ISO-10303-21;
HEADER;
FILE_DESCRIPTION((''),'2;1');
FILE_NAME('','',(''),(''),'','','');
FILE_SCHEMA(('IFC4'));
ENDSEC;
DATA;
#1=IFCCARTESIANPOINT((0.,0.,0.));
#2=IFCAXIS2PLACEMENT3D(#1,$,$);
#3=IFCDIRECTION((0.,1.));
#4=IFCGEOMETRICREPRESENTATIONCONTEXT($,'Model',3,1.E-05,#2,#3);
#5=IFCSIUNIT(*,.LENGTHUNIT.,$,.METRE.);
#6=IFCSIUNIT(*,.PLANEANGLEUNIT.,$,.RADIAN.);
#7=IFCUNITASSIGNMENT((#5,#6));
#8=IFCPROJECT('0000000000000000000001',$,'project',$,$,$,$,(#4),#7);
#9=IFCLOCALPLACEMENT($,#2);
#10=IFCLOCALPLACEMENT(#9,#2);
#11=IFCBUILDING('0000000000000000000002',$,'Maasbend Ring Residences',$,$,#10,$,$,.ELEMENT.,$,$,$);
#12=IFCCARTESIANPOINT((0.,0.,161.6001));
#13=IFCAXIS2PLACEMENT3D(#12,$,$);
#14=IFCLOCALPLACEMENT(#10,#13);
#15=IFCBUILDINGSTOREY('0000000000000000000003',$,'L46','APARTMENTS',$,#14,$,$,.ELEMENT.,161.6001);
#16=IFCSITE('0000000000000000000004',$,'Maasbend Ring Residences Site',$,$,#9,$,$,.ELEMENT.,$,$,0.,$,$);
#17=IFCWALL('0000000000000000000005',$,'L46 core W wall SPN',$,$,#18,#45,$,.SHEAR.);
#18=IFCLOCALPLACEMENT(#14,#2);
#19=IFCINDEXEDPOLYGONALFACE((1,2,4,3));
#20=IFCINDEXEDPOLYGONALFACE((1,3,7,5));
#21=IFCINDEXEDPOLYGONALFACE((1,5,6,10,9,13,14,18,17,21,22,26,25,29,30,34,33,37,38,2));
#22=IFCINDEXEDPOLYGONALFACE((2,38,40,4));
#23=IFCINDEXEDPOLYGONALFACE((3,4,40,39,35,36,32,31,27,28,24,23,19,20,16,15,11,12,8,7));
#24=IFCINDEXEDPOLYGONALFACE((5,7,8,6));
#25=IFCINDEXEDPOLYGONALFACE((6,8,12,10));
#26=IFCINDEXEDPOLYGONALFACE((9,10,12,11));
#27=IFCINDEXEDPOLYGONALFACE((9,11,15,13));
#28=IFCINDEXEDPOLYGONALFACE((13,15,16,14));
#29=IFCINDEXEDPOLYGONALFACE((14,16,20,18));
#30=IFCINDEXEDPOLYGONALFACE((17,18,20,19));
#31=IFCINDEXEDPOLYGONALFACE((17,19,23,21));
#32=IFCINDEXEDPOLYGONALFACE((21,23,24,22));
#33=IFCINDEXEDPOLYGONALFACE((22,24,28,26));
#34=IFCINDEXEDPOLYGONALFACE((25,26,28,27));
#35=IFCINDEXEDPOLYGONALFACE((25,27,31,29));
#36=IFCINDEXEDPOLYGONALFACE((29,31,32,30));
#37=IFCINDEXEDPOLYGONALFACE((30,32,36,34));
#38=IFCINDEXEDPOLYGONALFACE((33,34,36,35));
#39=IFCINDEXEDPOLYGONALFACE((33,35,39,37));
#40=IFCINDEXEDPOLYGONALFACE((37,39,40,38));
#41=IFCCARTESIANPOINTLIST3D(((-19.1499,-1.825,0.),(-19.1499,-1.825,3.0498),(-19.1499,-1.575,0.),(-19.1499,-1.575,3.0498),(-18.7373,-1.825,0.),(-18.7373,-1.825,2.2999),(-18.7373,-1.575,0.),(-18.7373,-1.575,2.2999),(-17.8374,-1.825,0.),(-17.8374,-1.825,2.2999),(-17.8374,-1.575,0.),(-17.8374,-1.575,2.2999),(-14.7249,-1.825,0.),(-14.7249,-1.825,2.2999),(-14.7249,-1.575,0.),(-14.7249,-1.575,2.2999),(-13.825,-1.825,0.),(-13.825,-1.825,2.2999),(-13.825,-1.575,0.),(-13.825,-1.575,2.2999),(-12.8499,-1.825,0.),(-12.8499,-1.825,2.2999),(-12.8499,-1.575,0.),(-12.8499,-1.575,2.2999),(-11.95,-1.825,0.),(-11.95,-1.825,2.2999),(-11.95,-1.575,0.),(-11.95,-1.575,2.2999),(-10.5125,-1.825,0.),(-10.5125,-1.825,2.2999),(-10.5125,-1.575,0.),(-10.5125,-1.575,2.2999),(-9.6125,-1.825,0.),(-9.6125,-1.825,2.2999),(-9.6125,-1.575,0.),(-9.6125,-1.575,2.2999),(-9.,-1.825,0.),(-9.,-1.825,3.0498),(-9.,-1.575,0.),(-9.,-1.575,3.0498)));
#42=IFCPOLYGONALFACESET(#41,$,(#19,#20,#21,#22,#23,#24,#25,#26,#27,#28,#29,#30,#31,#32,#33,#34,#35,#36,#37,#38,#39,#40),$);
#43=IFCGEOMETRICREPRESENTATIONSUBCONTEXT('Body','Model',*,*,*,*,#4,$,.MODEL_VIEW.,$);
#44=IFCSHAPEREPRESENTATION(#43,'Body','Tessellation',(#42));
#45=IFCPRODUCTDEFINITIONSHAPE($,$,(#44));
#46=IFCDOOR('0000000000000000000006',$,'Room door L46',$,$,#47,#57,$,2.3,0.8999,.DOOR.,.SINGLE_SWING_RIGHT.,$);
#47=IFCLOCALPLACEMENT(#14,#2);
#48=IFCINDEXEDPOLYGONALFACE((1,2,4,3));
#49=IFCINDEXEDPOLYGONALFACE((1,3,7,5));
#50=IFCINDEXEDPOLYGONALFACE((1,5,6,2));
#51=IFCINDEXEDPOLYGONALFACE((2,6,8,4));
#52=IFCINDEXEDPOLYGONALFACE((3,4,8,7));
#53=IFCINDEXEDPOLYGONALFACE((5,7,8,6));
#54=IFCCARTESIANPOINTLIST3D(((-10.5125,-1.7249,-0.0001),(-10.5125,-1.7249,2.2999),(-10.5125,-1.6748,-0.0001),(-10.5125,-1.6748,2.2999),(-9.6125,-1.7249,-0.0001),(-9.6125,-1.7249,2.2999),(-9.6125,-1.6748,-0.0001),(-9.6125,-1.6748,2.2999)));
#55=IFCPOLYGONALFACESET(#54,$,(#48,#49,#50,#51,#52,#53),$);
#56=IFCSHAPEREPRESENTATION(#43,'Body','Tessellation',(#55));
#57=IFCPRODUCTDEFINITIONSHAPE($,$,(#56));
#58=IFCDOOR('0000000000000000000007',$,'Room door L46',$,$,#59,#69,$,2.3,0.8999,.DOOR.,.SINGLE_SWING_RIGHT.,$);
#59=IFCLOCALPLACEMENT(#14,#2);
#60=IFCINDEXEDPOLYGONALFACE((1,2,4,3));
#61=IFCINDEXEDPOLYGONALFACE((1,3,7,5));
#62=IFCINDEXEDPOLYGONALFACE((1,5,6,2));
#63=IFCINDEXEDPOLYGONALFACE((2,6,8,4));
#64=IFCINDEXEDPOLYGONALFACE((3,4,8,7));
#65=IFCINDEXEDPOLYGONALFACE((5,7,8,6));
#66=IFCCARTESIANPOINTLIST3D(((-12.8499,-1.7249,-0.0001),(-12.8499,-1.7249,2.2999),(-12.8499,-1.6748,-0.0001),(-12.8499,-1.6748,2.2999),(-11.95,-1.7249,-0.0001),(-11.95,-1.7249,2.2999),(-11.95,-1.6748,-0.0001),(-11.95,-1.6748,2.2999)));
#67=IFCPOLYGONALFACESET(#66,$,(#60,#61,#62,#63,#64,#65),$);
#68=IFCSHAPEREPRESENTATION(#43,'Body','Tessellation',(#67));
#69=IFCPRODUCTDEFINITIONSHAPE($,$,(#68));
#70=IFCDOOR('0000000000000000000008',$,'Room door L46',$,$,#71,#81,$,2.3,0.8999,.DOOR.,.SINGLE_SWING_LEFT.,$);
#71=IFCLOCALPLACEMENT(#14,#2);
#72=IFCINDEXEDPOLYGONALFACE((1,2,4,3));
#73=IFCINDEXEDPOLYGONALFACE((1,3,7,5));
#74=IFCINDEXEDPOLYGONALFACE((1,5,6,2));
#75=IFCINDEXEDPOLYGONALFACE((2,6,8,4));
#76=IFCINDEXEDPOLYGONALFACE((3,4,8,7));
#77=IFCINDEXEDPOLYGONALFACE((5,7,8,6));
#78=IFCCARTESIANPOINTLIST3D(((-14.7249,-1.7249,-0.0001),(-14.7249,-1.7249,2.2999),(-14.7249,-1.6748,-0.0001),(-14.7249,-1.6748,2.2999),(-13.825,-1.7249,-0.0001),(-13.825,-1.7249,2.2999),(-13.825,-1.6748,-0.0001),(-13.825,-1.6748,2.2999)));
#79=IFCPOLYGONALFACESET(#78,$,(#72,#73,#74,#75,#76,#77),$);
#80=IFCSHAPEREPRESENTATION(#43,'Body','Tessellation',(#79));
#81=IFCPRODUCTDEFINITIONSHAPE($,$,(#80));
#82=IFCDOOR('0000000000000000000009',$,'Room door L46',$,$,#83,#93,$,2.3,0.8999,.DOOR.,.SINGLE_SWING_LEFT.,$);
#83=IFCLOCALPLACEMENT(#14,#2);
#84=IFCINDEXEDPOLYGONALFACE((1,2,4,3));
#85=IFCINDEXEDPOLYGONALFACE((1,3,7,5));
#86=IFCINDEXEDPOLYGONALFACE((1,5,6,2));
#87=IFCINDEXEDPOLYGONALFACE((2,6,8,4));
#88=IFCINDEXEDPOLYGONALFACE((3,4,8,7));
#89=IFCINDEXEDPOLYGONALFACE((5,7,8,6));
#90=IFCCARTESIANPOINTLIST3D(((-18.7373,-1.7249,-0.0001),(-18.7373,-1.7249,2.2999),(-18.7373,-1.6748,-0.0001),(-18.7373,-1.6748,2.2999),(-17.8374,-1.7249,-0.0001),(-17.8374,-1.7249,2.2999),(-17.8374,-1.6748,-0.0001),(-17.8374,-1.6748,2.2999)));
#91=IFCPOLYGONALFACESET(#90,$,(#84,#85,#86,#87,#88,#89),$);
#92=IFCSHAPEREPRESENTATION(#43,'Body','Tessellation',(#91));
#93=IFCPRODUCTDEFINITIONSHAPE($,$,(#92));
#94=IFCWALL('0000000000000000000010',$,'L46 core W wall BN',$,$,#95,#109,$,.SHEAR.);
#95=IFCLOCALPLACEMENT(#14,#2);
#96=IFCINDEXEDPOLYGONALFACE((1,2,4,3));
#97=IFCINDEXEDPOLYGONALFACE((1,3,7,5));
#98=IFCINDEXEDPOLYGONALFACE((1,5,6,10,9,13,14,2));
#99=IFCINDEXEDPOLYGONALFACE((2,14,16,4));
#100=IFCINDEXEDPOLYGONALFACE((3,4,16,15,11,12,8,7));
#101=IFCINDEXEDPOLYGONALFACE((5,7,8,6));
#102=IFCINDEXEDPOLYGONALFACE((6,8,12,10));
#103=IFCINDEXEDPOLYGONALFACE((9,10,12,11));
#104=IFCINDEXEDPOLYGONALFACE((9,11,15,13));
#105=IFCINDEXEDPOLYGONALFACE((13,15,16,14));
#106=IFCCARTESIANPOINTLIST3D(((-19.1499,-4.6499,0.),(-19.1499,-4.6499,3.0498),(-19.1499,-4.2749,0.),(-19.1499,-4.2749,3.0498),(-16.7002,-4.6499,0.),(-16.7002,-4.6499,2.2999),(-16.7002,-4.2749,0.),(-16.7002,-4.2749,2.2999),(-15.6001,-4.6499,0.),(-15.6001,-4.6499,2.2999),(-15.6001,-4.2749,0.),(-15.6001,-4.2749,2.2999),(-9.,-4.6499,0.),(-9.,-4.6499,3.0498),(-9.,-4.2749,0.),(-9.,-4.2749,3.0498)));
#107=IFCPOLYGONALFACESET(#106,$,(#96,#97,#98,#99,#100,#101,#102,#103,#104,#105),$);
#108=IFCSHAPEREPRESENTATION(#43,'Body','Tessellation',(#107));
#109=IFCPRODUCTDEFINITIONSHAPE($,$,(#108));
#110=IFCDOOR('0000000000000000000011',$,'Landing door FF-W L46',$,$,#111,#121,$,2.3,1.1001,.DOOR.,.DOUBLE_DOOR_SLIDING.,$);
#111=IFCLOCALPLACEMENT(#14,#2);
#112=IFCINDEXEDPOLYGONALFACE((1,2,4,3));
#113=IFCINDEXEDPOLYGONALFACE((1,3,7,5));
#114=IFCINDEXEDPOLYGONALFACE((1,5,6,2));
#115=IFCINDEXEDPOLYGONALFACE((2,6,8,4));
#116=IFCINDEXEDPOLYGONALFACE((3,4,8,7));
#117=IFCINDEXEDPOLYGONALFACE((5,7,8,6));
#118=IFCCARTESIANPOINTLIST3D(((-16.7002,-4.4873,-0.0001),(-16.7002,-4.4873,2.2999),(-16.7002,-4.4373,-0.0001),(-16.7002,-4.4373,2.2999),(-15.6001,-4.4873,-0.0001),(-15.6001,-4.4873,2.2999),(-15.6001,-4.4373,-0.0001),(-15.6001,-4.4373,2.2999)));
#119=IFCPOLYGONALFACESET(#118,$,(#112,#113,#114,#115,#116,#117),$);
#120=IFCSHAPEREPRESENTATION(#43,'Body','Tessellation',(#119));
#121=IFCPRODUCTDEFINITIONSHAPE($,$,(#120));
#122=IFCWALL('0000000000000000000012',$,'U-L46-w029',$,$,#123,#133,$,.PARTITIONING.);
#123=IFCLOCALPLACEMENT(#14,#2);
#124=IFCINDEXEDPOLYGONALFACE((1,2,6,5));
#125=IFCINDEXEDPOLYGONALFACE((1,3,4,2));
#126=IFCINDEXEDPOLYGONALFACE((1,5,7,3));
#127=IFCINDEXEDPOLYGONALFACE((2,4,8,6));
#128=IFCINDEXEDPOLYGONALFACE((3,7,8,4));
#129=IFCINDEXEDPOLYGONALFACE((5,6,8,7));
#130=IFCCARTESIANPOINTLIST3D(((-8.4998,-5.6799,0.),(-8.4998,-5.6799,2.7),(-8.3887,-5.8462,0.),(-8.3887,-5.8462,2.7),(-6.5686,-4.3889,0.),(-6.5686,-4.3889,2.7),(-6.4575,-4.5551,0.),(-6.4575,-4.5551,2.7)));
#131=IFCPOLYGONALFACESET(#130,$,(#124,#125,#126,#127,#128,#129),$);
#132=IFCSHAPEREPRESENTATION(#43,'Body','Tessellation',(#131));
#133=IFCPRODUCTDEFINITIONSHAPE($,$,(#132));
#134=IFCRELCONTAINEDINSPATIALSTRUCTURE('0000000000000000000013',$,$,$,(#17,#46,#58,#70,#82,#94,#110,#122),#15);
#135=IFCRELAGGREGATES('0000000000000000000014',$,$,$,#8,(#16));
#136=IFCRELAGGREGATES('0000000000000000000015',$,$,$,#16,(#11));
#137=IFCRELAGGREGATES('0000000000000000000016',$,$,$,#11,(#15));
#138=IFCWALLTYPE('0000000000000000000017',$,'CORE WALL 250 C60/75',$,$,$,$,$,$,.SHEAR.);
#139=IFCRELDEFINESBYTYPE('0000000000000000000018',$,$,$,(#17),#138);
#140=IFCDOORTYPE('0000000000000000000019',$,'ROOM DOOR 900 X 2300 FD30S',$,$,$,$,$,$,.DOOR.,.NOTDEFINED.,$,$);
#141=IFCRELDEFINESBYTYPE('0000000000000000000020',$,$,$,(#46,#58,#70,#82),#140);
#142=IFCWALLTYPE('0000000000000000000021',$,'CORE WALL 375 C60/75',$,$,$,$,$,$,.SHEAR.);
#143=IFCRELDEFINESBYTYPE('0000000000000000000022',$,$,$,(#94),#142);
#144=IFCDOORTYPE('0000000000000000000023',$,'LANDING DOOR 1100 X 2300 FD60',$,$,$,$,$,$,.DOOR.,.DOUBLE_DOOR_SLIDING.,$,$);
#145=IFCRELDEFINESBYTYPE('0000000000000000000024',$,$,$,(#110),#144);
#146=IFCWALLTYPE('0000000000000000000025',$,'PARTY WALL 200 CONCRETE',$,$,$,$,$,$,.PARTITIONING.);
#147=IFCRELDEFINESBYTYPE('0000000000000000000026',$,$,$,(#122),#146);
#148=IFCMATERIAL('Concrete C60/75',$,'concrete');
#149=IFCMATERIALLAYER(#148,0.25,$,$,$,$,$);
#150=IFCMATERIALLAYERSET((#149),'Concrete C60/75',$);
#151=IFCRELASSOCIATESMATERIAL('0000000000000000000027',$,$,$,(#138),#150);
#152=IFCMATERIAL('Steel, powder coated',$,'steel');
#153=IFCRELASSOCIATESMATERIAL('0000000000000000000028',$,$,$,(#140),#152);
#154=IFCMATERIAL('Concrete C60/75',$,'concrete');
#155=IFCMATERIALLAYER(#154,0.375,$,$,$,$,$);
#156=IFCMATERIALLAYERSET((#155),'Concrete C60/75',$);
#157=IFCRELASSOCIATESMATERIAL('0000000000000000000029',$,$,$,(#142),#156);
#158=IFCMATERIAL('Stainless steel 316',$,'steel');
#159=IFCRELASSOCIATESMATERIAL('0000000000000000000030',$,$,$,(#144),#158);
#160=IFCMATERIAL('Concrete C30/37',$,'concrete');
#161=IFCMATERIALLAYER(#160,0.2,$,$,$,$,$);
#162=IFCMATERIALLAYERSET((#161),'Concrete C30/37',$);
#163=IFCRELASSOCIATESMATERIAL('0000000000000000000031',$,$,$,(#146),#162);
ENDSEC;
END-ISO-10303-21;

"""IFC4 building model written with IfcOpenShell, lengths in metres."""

from ifc_helpers import new_model, si_unit, direction, frame, frame_2d, origin, place, context, subcontext, project, spatial, rectangle, extrude, material, layer, layer_set, type_object, element, fill, save


model = new_model("IFC4")

# Units and contexts
model_context = context("Model", 3, precision=1e-05, world=origin(), true_north=direction((0.0, 1.0)))
body_context = subcontext(model_context, "Body", "Model", "MODEL_VIEW")
ifc_project = project(units=[si_unit("LENGTHUNIT", "METRE"), si_unit("PLANEANGLEUNIT", "RADIAN")], contexts=[model_context])

# Site, building, storey
site_placement = place(None, origin())
site = spatial("IfcSite", under=ifc_project, at=site_placement, Name="Maasbend Ring Residences Site", CompositionType="ELEMENT", RefElevation=0.0)
building_placement = place(site_placement, origin())
building = spatial("IfcBuilding", under=site, at=building_placement, Name="Maasbend Ring Residences", CompositionType="ELEMENT")
storey_placement = place(building_placement, frame((0.0, 0.0, 161.6001)))
storey = spatial("IfcBuildingStorey", under=building, at=storey_placement, Name="L46", Description="APARTMENTS", CompositionType="ELEMENT", Elevation=161.6001)

# Wall, openings, doors
ifc_material_1 = material(Name="Concrete C60/75", Category="concrete")
ifc_layer_1 = layer(ifc_material_1, 0.25)
ifc_layer_set_1 = layer_set([ifc_layer_1], Name="Concrete C60/75")
wall_type_1 = type_object("IfcWallType", Name="CORE WALL 250 C60/75", PredefinedType="SHEAR", material=ifc_layer_set_1)
wall_1_placement = place(storey_placement, frame((-9.0, -1.7, 0.0), z_axis=(0.0, 0.0, 1.0), x_axis=(-1.0, 0.0, 0.0)))
wall_1 = element("IfcWall", 1, at=wall_1_placement, inside=storey, type_object=wall_type_1, Name="L46 core W wall SPN", PredefinedType="SHEAR", context=body_context, shape_type="SweptSolid", body=[
    extrude(rectangle(XDim=10.1499, YDim=0.25, at=frame_2d((5.075, 0.0))), origin(), (0.0, 0.0, 1.0), 3.0498),
])
opening_1_placement = place(wall_1_placement, frame((0.6125, 0.0, 0.0)))
opening_1 = element("IfcOpeningElement", 2, at=opening_1_placement, cuts=wall_1, PredefinedType="OPENING", context=body_context, shape_type="SweptSolid", body=[
    extrude(rectangle(XDim=0.8999, YDim=2.3, at=frame_2d((0.45, 1.1499))), frame((0.0, 0.135, 0.0), z_axis=(0.0, -1.0, 0.0), x_axis=(1.0, 0.0, 0.0)), (0.0, 0.0, 1.0), 0.27),
])
opening_2_placement = place(wall_1_placement, frame((2.95, 0.0, 0.0)))
opening_2 = element("IfcOpeningElement", 3, at=opening_2_placement, cuts=wall_1, PredefinedType="OPENING", context=body_context, shape_type="SweptSolid", body=[
    extrude(rectangle(XDim=0.8999, YDim=2.3, at=frame_2d((0.45, 1.1499))), frame((0.0, 0.135, 0.0), z_axis=(0.0, -1.0, 0.0), x_axis=(1.0, 0.0, 0.0)), (0.0, 0.0, 1.0), 0.27),
])
opening_3_placement = place(wall_1_placement, frame((4.825, 0.0, 0.0)))
opening_3 = element("IfcOpeningElement", 4, at=opening_3_placement, cuts=wall_1, PredefinedType="OPENING", context=body_context, shape_type="SweptSolid", body=[
    extrude(rectangle(XDim=0.8999, YDim=2.3, at=frame_2d((0.45, 1.1499))), frame((0.0, 0.135, 0.0), z_axis=(0.0, -1.0, 0.0), x_axis=(1.0, 0.0, 0.0)), (0.0, 0.0, 1.0), 0.27),
])
opening_4_placement = place(wall_1_placement, frame((8.8374, 0.0, 0.0)))
opening_4 = element("IfcOpeningElement", 5, at=opening_4_placement, cuts=wall_1, PredefinedType="OPENING", context=body_context, shape_type="SweptSolid", body=[
    extrude(rectangle(XDim=0.8999, YDim=2.3, at=frame_2d((0.45, 1.1499))), frame((0.0, 0.135, 0.0), z_axis=(0.0, -1.0, 0.0), x_axis=(1.0, 0.0, 0.0)), (0.0, 0.0, 1.0), 0.27),
])
ifc_material_2 = material(Name="Steel, powder coated", Category="steel")
door_type_1 = type_object("IfcDoorType", Name="ROOM DOOR 900 X 2300 FD30S", OperationType="NOTDEFINED", PredefinedType="DOOR", material=ifc_material_2)
door_1_placement = place(opening_1_placement, origin())
door_1 = element("IfcDoor", 6, at=door_1_placement, inside=storey, type_object=door_type_1, Name="Room door L46", OperationType="SINGLE_SWING_RIGHT", OverallHeight=2.3, OverallWidth=0.8999, PredefinedType="DOOR", context=body_context, shape_type="SweptSolid", body=[
    extrude(rectangle(XDim=0.8999, YDim=2.3, at=frame_2d((0.45, 1.1499))), frame((0.0, 0.0249, 0.0), z_axis=(0.0, -1.0, 0.0), x_axis=(1.0, 0.0, 0.0)), (0.0, 0.0, 1.0), 0.05),
])
fill(opening_1, door_1)
door_2_placement = place(opening_2_placement, origin())
door_2 = element("IfcDoor", 7, at=door_2_placement, inside=storey, type_object=door_type_1, Name="Room door L46", OperationType="SINGLE_SWING_RIGHT", OverallHeight=2.3, OverallWidth=0.8999, PredefinedType="DOOR", context=body_context, shape_type="SweptSolid", body=[
    extrude(rectangle(XDim=0.8999, YDim=2.3, at=frame_2d((0.45, 1.1499))), frame((0.0, 0.0249, 0.0), z_axis=(0.0, -1.0, 0.0), x_axis=(1.0, 0.0, 0.0)), (0.0, 0.0, 1.0), 0.05),
])
fill(opening_2, door_2)
door_3_placement = place(opening_3_placement, origin())
door_3 = element("IfcDoor", 8, at=door_3_placement, inside=storey, type_object=door_type_1, Name="Room door L46", OperationType="SINGLE_SWING_LEFT", OverallHeight=2.3, OverallWidth=0.8999, PredefinedType="DOOR", context=body_context, shape_type="SweptSolid", body=[
    extrude(rectangle(XDim=0.8999, YDim=2.3, at=frame_2d((0.45, 1.1499))), frame((0.0, 0.0249, 0.0), z_axis=(0.0, -1.0, 0.0), x_axis=(1.0, 0.0, 0.0)), (0.0, 0.0, 1.0), 0.05),
])
fill(opening_3, door_3)
door_4_placement = place(opening_4_placement, origin())
door_4 = element("IfcDoor", 9, at=door_4_placement, inside=storey, type_object=door_type_1, Name="Room door L46", OperationType="SINGLE_SWING_LEFT", OverallHeight=2.3, OverallWidth=0.8999, PredefinedType="DOOR", context=body_context, shape_type="SweptSolid", body=[
    extrude(rectangle(XDim=0.8999, YDim=2.3, at=frame_2d((0.45, 1.1499))), frame((0.0, 0.0249, 0.0), z_axis=(0.0, -1.0, 0.0), x_axis=(1.0, 0.0, 0.0)), (0.0, 0.0, 1.0), 0.05),
])
fill(opening_4, door_4)

# Wall, opening, door
ifc_material_3 = material(Name="Concrete C60/75", Category="concrete")
ifc_layer_2 = layer(ifc_material_3, 0.375)
ifc_layer_set_2 = layer_set([ifc_layer_2], Name="Concrete C60/75")
wall_type_2 = type_object("IfcWallType", Name="CORE WALL 375 C60/75", PredefinedType="SHEAR", material=ifc_layer_set_2)
wall_2_placement = place(storey_placement, frame((-9.0, -4.4624, 0.0), z_axis=(0.0, 0.0, 1.0), x_axis=(-1.0, 0.0, 0.0)))
wall_2 = element("IfcWall", 10, at=wall_2_placement, inside=storey, type_object=wall_type_2, Name="L46 core W wall BN", PredefinedType="SHEAR", context=body_context, shape_type="SweptSolid", body=[
    extrude(rectangle(XDim=10.1499, YDim=0.375, at=frame_2d((5.075, 0.0))), origin(), (0.0, 0.0, 1.0), 3.0498),
])
opening_5_placement = place(wall_2_placement, frame((6.6001, 0.0, 0.0)))
opening_5 = element("IfcOpeningElement", 11, at=opening_5_placement, cuts=wall_2, PredefinedType="OPENING", context=body_context, shape_type="SweptSolid", body=[
    extrude(rectangle(XDim=1.1001, YDim=2.3, at=frame_2d((0.55, 1.1499))), frame((0.0, 0.1975, 0.0), z_axis=(0.0, -1.0, 0.0), x_axis=(1.0, 0.0, 0.0)), (0.0, 0.0, 1.0), 0.395),
])
ifc_material_4 = material(Name="Stainless steel 316", Category="steel")
door_type_2 = type_object("IfcDoorType", Name="LANDING DOOR 1100 X 2300 FD60", OperationType="DOUBLE_DOOR_SLIDING", PredefinedType="DOOR", material=ifc_material_4)
door_5_placement = place(opening_5_placement, origin())
door_5 = element("IfcDoor", 12, at=door_5_placement, inside=storey, type_object=door_type_2, Name="Landing door FF-W L46", OperationType="DOUBLE_DOOR_SLIDING", OverallHeight=2.3, OverallWidth=1.1001, PredefinedType="DOOR", context=body_context, shape_type="SweptSolid", body=[
    extrude(rectangle(XDim=1.1001, YDim=2.3, at=frame_2d((0.55, 1.1499))), frame((0.0, 0.0249, 0.0), z_axis=(0.0, -1.0, 0.0), x_axis=(1.0, 0.0, 0.0)), (0.0, 0.0, 1.0), 0.05),
])
fill(opening_5, door_5)

# Wall
ifc_material_5 = material(Name="Concrete C30/37", Category="concrete")
ifc_layer_3 = layer(ifc_material_5, 0.2)
ifc_layer_set_3 = layer_set([ifc_layer_3], Name="Concrete C30/37")
wall_type_3 = type_object("IfcWallType", Name="PARTY WALL 200 CONCRETE", PredefinedType="PARTITIONING", material=ifc_layer_set_3)
wall_3_placement = place(storey_placement, frame((-6.5129, -4.4719, 0.0), z_axis=(0.0, 0.0, 1.0), x_axis=(-0.831338, -0.555767, 0.0)))
element("IfcWall", 13, at=wall_3_placement, inside=storey, type_object=wall_type_3, Name="U-L46-w029", PredefinedType="PARTITIONING", context=body_context, shape_type="SweptSolid", body=[
    extrude(rectangle(XDim=2.323, YDim=0.2, at=frame_2d((1.1616, 0.0))), origin(), (0.0, 0.0, 1.0), 2.7),
])

save(model, "model.ifc")
